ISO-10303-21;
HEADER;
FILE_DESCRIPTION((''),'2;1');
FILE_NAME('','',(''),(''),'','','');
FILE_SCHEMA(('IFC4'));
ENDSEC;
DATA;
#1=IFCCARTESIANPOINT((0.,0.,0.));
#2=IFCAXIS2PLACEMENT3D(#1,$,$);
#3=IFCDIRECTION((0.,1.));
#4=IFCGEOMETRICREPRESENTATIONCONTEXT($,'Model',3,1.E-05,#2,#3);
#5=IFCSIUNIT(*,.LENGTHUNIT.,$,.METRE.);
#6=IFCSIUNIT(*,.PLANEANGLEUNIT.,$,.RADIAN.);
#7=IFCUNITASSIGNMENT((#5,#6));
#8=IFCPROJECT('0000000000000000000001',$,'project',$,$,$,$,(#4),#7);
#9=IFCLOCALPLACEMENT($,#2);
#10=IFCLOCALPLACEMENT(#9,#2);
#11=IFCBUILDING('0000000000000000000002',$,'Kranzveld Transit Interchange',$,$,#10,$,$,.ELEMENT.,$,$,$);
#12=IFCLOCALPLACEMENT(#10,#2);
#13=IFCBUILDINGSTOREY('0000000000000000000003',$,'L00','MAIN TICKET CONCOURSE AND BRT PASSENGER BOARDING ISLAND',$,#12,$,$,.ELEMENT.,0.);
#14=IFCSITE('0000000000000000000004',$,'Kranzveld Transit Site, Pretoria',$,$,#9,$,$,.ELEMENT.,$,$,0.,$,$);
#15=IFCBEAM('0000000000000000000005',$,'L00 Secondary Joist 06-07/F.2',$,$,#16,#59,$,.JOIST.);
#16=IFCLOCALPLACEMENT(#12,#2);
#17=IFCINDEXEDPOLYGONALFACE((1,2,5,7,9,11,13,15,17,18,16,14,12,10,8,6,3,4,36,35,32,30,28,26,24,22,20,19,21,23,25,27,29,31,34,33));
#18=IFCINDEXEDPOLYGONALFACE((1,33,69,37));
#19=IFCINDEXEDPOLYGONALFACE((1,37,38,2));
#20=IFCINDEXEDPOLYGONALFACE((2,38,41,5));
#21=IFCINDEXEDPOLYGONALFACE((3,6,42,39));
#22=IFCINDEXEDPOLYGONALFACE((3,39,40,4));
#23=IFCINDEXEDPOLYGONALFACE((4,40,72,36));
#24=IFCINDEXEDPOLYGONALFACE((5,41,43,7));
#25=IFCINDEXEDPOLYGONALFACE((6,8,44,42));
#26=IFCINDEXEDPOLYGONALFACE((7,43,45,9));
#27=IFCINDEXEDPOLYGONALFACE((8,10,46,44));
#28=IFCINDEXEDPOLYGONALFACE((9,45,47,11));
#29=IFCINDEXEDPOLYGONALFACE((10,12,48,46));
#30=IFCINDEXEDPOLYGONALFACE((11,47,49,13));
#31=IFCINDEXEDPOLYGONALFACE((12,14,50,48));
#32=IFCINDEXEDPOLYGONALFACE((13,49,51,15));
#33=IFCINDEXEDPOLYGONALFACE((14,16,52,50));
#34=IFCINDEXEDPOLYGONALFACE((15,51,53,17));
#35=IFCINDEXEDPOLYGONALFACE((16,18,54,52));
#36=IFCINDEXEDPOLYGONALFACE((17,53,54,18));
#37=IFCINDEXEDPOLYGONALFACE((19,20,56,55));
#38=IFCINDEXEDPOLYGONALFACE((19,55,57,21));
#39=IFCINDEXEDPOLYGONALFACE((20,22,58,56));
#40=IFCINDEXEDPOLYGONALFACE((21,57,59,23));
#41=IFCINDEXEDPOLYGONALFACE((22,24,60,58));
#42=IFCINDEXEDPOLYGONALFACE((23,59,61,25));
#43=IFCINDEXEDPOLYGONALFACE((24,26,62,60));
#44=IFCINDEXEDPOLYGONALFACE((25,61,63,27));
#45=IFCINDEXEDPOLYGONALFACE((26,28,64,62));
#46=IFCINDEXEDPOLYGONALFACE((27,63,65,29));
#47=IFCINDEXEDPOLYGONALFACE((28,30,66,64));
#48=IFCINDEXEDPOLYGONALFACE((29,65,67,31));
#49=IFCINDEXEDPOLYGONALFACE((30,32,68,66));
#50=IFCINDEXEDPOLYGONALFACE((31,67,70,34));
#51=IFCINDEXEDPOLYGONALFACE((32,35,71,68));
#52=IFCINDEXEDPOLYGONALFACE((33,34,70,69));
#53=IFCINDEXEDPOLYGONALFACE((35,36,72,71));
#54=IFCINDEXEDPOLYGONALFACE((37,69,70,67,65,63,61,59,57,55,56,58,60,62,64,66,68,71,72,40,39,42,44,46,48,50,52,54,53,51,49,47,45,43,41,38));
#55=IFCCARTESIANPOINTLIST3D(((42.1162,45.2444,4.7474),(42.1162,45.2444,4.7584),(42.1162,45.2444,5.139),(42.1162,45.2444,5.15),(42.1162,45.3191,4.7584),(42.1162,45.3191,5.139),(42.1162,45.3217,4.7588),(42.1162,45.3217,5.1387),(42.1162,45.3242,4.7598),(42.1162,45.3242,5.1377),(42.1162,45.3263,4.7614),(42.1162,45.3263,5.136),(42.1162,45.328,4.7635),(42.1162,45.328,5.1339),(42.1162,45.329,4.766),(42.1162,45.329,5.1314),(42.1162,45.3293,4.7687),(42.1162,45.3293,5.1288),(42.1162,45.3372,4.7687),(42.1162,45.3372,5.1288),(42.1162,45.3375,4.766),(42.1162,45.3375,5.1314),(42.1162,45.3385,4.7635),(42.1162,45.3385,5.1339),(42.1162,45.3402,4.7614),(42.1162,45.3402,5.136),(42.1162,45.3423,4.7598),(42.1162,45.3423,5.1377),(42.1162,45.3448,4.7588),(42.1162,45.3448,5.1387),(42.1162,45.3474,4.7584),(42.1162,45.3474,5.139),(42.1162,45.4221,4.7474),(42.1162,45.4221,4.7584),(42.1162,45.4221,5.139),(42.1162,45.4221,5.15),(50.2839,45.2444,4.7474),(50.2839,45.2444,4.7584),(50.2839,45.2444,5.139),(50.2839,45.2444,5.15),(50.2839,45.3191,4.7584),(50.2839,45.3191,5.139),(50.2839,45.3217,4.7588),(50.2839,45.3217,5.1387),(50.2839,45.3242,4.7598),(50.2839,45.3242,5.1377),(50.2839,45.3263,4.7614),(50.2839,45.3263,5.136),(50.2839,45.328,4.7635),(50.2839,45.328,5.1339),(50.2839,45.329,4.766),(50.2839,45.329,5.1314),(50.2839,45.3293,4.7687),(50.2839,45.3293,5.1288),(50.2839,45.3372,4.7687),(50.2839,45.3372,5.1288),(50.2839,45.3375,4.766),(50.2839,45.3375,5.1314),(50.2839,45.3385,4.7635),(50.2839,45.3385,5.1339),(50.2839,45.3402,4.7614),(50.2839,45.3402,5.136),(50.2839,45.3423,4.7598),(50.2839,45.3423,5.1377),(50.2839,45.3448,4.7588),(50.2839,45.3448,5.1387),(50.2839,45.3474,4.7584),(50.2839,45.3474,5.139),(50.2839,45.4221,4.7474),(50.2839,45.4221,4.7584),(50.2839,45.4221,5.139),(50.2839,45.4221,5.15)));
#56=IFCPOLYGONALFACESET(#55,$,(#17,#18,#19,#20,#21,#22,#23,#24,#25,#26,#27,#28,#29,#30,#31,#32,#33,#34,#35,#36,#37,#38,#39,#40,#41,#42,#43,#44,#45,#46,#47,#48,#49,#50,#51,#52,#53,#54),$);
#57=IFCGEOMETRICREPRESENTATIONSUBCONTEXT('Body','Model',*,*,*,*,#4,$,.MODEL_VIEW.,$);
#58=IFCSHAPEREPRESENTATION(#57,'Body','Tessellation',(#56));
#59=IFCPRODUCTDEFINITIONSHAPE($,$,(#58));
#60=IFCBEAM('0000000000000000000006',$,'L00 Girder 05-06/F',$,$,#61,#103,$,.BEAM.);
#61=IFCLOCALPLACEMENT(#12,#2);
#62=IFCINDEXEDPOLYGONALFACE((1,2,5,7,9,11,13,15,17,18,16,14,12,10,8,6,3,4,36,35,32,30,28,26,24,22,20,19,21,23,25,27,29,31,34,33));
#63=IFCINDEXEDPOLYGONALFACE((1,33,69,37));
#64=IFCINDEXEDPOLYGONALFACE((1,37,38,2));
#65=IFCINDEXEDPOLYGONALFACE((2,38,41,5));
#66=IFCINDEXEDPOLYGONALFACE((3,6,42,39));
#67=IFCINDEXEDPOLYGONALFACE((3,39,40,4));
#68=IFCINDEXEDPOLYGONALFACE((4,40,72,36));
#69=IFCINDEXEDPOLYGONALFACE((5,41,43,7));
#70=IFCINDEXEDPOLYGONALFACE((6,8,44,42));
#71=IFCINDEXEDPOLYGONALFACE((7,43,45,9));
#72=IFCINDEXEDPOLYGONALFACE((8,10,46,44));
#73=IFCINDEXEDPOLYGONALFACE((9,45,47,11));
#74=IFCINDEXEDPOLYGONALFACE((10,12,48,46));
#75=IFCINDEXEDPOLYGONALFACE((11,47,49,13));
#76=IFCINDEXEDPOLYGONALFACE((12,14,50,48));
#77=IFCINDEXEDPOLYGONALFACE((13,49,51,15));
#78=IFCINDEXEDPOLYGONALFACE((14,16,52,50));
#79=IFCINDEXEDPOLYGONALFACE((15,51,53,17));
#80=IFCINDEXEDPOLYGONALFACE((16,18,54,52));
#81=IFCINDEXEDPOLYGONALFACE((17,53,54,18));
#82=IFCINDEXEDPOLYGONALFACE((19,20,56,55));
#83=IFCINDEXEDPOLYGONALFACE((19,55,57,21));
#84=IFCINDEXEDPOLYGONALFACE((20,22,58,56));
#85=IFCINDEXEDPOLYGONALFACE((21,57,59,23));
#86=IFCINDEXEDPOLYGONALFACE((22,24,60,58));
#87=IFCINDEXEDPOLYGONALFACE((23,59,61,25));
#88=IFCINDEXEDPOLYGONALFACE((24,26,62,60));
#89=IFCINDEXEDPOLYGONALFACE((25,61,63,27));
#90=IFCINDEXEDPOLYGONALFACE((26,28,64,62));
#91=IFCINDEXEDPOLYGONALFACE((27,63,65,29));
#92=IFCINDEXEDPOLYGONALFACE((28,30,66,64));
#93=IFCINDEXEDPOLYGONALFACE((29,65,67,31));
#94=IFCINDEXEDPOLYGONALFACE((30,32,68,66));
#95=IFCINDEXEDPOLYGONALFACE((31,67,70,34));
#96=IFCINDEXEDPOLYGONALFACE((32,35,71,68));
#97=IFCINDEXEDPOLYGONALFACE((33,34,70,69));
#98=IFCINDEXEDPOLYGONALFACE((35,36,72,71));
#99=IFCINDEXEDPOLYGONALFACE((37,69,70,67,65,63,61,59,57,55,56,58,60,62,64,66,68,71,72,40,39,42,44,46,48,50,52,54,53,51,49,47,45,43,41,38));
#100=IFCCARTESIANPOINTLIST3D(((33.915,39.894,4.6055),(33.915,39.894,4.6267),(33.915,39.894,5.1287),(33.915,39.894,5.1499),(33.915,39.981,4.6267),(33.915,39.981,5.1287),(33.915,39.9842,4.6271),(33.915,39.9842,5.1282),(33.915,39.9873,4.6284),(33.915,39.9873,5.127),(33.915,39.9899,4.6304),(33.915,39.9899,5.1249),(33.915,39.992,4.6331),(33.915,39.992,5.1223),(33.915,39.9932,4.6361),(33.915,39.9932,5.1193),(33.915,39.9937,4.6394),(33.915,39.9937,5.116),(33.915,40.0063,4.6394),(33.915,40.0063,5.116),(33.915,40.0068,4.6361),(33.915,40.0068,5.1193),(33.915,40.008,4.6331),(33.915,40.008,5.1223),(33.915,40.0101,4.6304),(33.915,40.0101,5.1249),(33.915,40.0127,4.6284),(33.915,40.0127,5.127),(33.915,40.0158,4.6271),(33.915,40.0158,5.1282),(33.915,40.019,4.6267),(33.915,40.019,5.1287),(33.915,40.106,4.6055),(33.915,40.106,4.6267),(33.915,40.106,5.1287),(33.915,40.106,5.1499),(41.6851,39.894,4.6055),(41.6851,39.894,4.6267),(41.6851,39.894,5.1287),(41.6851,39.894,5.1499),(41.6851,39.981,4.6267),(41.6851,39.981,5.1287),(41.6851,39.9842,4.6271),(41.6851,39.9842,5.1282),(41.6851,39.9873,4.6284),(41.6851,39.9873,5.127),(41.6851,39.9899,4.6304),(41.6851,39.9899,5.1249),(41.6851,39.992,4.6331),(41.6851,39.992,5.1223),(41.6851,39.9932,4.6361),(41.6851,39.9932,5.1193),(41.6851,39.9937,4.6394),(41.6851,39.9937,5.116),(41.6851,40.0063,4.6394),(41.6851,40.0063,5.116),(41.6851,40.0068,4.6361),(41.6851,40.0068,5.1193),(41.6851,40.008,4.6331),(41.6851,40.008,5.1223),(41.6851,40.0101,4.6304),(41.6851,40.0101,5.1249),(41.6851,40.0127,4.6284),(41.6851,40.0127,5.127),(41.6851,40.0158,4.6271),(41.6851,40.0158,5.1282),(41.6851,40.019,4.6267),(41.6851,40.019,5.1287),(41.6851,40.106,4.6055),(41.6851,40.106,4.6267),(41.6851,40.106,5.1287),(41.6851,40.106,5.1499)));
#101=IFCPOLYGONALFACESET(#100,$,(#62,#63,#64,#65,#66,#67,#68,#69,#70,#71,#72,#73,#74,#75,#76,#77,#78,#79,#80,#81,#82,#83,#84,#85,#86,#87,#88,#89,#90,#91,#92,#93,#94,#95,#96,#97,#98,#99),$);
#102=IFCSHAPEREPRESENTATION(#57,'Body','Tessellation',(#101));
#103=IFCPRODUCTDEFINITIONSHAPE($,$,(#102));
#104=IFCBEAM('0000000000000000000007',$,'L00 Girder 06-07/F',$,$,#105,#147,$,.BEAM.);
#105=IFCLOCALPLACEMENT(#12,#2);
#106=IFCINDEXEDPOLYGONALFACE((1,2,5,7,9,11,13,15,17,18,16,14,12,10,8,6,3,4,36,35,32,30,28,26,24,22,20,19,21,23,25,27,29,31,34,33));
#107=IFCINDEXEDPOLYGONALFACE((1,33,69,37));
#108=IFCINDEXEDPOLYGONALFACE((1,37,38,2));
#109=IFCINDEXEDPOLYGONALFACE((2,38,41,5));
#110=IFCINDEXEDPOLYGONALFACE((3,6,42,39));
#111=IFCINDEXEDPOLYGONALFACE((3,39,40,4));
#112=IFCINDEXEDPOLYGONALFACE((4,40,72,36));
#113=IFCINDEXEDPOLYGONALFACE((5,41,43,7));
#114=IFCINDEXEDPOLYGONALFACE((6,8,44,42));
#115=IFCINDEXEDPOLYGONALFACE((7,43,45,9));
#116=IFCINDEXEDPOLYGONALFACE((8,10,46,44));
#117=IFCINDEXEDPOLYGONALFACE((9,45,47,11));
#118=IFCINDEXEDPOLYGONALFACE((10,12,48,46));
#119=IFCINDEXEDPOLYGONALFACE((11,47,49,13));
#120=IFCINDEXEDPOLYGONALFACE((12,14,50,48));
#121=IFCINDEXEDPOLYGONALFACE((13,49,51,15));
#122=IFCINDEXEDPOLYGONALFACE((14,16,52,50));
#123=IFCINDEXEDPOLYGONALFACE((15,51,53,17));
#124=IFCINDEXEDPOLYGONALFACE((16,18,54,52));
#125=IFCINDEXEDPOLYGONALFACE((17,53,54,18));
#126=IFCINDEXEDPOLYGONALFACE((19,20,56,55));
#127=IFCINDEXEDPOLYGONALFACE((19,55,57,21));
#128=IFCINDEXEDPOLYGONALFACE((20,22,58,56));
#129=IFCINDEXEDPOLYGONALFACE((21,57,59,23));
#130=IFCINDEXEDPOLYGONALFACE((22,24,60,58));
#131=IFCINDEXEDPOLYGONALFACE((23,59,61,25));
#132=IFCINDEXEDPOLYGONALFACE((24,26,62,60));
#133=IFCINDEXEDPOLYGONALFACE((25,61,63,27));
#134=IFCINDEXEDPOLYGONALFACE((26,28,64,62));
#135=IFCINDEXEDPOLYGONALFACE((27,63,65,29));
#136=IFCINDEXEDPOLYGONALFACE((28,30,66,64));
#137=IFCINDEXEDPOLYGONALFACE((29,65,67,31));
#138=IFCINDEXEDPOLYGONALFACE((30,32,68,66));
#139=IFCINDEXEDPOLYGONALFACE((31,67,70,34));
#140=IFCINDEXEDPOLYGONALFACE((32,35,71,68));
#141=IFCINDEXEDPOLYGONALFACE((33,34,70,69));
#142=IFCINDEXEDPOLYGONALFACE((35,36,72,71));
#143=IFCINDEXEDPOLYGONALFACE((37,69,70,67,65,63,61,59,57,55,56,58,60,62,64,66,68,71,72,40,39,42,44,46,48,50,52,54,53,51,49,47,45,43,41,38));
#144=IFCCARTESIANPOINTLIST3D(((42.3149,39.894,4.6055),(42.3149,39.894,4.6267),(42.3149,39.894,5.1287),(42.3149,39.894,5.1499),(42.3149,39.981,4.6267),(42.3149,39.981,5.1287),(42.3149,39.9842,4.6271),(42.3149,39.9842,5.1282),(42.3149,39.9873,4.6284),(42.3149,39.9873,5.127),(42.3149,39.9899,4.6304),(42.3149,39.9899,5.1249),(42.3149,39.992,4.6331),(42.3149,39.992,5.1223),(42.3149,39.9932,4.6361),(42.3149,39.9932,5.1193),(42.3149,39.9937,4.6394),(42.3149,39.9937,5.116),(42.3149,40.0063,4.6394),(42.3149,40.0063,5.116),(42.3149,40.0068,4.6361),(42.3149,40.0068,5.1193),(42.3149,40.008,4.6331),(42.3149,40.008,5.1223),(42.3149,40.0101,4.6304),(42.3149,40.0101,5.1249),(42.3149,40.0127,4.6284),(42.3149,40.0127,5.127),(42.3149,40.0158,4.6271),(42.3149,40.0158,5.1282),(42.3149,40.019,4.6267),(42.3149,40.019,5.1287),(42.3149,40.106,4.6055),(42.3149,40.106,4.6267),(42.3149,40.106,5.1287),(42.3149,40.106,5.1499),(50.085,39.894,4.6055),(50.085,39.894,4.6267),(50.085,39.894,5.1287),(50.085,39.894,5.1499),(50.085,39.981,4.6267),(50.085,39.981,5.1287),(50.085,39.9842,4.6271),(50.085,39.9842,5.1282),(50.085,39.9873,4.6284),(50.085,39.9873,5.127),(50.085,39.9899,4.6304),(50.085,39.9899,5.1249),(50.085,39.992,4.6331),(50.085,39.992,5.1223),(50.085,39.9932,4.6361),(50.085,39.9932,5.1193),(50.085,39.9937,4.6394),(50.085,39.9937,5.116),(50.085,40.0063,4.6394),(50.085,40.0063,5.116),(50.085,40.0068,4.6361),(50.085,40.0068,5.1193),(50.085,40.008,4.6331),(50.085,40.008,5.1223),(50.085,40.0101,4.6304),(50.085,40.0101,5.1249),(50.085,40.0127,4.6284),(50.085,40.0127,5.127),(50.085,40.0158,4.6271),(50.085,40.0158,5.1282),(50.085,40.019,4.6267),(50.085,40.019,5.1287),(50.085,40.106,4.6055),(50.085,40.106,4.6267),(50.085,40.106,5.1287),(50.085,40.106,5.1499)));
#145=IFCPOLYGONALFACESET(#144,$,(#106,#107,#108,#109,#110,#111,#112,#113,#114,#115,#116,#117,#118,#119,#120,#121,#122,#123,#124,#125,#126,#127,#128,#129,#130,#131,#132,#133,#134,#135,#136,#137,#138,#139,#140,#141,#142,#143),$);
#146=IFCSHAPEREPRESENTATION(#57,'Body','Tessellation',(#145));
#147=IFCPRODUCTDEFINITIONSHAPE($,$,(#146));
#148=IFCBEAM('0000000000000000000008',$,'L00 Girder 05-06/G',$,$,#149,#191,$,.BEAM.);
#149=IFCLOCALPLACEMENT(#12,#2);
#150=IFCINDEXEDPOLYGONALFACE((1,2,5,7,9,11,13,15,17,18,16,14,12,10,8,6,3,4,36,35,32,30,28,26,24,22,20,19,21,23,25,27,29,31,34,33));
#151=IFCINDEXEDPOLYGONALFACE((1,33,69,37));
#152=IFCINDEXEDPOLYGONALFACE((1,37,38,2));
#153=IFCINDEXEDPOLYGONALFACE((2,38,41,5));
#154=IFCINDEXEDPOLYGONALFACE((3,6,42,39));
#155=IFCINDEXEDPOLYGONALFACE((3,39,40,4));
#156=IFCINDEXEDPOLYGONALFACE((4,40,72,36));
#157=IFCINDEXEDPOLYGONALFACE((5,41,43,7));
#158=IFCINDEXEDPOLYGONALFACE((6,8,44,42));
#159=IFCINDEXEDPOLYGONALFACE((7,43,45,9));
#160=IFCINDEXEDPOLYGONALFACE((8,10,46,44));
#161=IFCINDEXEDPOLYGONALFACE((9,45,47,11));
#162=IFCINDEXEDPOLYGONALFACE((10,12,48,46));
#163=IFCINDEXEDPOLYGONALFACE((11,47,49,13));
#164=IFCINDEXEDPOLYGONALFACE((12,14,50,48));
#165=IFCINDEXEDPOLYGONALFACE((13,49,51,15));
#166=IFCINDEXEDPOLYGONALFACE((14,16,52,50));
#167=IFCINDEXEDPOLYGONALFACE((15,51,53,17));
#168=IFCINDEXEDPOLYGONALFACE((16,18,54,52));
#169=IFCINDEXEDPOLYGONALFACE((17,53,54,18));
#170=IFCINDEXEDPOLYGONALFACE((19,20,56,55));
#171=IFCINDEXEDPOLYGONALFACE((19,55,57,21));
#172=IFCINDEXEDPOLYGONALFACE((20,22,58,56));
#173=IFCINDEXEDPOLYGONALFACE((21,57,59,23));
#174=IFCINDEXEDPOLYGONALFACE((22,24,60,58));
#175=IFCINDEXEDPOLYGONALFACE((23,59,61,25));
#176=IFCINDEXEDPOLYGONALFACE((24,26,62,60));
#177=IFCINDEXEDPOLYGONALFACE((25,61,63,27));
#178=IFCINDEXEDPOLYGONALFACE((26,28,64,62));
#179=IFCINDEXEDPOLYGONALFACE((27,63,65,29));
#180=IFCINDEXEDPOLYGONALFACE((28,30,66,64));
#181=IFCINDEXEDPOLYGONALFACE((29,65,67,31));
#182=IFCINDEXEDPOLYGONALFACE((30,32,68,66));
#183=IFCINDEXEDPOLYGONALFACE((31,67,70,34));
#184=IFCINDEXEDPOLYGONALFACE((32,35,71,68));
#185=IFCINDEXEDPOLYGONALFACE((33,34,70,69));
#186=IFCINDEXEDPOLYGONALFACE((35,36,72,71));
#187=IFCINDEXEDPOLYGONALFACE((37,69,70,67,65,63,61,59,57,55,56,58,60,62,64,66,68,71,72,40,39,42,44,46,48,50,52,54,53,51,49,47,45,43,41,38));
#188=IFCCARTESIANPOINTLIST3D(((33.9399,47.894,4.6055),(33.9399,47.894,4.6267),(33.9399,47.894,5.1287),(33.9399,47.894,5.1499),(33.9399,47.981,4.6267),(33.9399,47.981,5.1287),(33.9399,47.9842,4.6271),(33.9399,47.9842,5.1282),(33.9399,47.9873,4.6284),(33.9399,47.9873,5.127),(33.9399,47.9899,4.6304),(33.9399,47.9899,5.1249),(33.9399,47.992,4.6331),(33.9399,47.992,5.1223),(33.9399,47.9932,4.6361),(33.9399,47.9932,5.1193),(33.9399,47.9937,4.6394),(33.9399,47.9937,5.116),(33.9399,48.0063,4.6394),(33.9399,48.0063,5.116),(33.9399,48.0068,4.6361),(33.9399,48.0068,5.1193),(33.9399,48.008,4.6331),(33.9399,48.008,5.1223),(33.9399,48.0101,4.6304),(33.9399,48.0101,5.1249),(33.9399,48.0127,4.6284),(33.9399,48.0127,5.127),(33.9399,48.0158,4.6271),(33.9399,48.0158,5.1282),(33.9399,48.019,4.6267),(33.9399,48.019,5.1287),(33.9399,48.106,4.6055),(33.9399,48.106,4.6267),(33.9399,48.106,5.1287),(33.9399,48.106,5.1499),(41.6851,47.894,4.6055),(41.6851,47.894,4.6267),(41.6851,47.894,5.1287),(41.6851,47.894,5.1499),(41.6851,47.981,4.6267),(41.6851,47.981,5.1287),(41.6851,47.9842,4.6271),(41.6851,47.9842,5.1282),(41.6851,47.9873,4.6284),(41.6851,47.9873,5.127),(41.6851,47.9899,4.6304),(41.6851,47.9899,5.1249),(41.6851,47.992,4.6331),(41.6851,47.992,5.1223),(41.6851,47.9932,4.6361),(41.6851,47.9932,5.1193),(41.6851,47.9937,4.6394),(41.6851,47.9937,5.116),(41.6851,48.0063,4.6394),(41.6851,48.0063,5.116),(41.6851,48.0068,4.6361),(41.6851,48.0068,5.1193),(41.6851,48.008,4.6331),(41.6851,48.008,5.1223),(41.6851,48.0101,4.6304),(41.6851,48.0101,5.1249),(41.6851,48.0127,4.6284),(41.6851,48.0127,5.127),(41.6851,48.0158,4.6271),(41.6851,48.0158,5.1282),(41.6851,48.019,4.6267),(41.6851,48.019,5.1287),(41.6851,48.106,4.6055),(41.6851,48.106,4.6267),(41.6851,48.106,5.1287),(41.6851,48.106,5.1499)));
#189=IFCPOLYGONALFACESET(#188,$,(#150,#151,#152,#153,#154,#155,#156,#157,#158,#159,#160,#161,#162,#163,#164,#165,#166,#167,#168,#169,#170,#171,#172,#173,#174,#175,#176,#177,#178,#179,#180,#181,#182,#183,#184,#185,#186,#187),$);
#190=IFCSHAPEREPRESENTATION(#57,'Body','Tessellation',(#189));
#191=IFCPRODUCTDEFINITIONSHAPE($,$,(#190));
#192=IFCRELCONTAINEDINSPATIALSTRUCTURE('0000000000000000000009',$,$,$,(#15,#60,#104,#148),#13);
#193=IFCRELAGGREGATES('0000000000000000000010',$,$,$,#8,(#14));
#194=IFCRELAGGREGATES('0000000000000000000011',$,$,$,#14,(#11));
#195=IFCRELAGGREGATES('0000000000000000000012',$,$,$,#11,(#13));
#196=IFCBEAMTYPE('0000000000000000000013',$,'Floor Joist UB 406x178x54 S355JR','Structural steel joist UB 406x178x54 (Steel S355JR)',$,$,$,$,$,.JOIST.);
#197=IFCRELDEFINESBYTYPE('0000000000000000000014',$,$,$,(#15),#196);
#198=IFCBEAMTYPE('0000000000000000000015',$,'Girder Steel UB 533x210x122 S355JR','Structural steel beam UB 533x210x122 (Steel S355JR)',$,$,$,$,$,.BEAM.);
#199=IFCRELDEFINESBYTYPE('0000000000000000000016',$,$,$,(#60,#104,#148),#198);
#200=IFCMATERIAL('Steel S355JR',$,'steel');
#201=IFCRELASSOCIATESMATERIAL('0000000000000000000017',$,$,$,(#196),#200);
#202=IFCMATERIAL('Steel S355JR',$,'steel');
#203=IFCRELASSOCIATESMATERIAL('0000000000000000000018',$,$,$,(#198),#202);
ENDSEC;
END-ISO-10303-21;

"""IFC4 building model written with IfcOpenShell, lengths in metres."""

from ifc_helpers import new_model, si_unit, direction, frame, origin, origin_2d, place, context, subcontext, project, spatial, i_section, extrude, material, material_profile, profile_set, type_object, element, save


model = new_model("IFC4")

# Units and contexts
model_context = context("Model", 3, precision=1e-05, world=origin(), true_north=direction((0.0, 1.0)))
body_context = subcontext(model_context, "Body", "Model", "MODEL_VIEW")
ifc_project = project(units=[si_unit("LENGTHUNIT", "METRE"), si_unit("PLANEANGLEUNIT", "RADIAN")], contexts=[model_context])

# Site, building, storey
site_placement = place(None, origin())
site = spatial("IfcSite", under=ifc_project, at=site_placement, Name="Kranzveld Transit Site, Pretoria", CompositionType="ELEMENT", RefElevation=0.0)
building_placement = place(site_placement, origin())
building = spatial("IfcBuilding", under=site, at=building_placement, Name="Kranzveld Transit Interchange", CompositionType="ELEMENT")
storey_placement = place(building_placement, origin())
storey = spatial("IfcBuildingStorey", under=building, at=storey_placement, Name="L00", Description="MAIN TICKET CONCOURSE AND BRT PASSENGER BOARDING ISLAND", CompositionType="ELEMENT", Elevation=0.0)

# Beams
ifc_material_1 = material(Name="Steel S355JR", Category="steel")
ifc_material_profile_1 = material_profile(ifc_material_1, i_section(OverallWidth=0.1777, OverallDepth=0.4026, WebThickness=0.0078, FlangeThickness=0.011, FilletRadius=0.0103, at=origin_2d()), Name="UB 406x178x54")
ifc_profile_set_1 = profile_set([ifc_material_profile_1], Name="Steel S355JR")
beam_type_1 = type_object("IfcBeamType", Name="Floor Joist UB 406x178x54 S355JR", Description="Structural steel joist UB 406x178x54 (Steel S355JR)", PredefinedType="JOIST", material=ifc_profile_set_1)
for number, where, z_axis, x_axis, name in (
    (1, (42.1162, 45.3333, 4.9487), (1.0, 0.0, 0.0), (0.0, 1.0, 0.0), "L00 Secondary Joist 06-07/F.2"),
):
    element("IfcBeam", number, at=place(storey_placement, frame(where, z_axis=z_axis, x_axis=x_axis)), inside=storey, type_object=beam_type_1, Name=name, PredefinedType="JOIST", context=body_context, shape_type="SweptSolid", body=[
        extrude(i_section(OverallWidth=0.1777, OverallDepth=0.4026, WebThickness=0.0078, FlangeThickness=0.011, FilletRadius=0.0103, at=origin_2d()), origin(), (0.0, 0.0, 1.0), 8.1677),
    ])
ifc_material_2 = material(Name="Steel S355JR", Category="steel")
ifc_material_profile_2 = material_profile(ifc_material_2, i_section(OverallWidth=0.2119, OverallDepth=0.5444, WebThickness=0.0127, FlangeThickness=0.0212, FilletRadius=0.0127, at=origin_2d()), Name="UB 533x210x122")
ifc_profile_set_2 = profile_set([ifc_material_profile_2], Name="Steel S355JR")
beam_type_2 = type_object("IfcBeamType", Name="Girder Steel UB 533x210x122 S355JR", Description="Structural steel beam UB 533x210x122 (Steel S355JR)", PredefinedType="BEAM", material=ifc_profile_set_2)
for number, where, z_axis, x_axis, name in (
    (2, (33.915, 40.0, 4.8777), (1.0, 0.0, 0.0), (0.0, 1.0, 0.0), "L00 Girder 05-06/F"),
    (3, (42.3149, 40.0, 4.8777), (1.0, 0.0, 0.0), (0.0, 1.0, 0.0), "L00 Girder 06-07/F"),
):
    element("IfcBeam", number, at=place(storey_placement, frame(where, z_axis=z_axis, x_axis=x_axis)), inside=storey, type_object=beam_type_2, Name=name, PredefinedType="BEAM", context=body_context, shape_type="SweptSolid", body=[
        extrude(i_section(OverallWidth=0.2119, OverallDepth=0.5444, WebThickness=0.0127, FlangeThickness=0.0212, FilletRadius=0.0127, at=origin_2d()), origin(), (0.0, 0.0, 1.0), 7.77),
    ])
beam_1_placement = place(storey_placement, frame((33.9399, 48.0, 4.8777), z_axis=(1.0, 0.0, 0.0), x_axis=(0.0, 1.0, 0.0)))
element("IfcBeam", 4, at=beam_1_placement, inside=storey, type_object=beam_type_2, Name="L00 Girder 05-06/G", PredefinedType="BEAM", context=body_context, shape_type="SweptSolid", body=[
    extrude(i_section(OverallWidth=0.2119, OverallDepth=0.5444, WebThickness=0.0127, FlangeThickness=0.0212, FilletRadius=0.0127, at=origin_2d()), origin(), (0.0, 0.0, 1.0), 7.7451),
])

save(model, "model.ifc")
